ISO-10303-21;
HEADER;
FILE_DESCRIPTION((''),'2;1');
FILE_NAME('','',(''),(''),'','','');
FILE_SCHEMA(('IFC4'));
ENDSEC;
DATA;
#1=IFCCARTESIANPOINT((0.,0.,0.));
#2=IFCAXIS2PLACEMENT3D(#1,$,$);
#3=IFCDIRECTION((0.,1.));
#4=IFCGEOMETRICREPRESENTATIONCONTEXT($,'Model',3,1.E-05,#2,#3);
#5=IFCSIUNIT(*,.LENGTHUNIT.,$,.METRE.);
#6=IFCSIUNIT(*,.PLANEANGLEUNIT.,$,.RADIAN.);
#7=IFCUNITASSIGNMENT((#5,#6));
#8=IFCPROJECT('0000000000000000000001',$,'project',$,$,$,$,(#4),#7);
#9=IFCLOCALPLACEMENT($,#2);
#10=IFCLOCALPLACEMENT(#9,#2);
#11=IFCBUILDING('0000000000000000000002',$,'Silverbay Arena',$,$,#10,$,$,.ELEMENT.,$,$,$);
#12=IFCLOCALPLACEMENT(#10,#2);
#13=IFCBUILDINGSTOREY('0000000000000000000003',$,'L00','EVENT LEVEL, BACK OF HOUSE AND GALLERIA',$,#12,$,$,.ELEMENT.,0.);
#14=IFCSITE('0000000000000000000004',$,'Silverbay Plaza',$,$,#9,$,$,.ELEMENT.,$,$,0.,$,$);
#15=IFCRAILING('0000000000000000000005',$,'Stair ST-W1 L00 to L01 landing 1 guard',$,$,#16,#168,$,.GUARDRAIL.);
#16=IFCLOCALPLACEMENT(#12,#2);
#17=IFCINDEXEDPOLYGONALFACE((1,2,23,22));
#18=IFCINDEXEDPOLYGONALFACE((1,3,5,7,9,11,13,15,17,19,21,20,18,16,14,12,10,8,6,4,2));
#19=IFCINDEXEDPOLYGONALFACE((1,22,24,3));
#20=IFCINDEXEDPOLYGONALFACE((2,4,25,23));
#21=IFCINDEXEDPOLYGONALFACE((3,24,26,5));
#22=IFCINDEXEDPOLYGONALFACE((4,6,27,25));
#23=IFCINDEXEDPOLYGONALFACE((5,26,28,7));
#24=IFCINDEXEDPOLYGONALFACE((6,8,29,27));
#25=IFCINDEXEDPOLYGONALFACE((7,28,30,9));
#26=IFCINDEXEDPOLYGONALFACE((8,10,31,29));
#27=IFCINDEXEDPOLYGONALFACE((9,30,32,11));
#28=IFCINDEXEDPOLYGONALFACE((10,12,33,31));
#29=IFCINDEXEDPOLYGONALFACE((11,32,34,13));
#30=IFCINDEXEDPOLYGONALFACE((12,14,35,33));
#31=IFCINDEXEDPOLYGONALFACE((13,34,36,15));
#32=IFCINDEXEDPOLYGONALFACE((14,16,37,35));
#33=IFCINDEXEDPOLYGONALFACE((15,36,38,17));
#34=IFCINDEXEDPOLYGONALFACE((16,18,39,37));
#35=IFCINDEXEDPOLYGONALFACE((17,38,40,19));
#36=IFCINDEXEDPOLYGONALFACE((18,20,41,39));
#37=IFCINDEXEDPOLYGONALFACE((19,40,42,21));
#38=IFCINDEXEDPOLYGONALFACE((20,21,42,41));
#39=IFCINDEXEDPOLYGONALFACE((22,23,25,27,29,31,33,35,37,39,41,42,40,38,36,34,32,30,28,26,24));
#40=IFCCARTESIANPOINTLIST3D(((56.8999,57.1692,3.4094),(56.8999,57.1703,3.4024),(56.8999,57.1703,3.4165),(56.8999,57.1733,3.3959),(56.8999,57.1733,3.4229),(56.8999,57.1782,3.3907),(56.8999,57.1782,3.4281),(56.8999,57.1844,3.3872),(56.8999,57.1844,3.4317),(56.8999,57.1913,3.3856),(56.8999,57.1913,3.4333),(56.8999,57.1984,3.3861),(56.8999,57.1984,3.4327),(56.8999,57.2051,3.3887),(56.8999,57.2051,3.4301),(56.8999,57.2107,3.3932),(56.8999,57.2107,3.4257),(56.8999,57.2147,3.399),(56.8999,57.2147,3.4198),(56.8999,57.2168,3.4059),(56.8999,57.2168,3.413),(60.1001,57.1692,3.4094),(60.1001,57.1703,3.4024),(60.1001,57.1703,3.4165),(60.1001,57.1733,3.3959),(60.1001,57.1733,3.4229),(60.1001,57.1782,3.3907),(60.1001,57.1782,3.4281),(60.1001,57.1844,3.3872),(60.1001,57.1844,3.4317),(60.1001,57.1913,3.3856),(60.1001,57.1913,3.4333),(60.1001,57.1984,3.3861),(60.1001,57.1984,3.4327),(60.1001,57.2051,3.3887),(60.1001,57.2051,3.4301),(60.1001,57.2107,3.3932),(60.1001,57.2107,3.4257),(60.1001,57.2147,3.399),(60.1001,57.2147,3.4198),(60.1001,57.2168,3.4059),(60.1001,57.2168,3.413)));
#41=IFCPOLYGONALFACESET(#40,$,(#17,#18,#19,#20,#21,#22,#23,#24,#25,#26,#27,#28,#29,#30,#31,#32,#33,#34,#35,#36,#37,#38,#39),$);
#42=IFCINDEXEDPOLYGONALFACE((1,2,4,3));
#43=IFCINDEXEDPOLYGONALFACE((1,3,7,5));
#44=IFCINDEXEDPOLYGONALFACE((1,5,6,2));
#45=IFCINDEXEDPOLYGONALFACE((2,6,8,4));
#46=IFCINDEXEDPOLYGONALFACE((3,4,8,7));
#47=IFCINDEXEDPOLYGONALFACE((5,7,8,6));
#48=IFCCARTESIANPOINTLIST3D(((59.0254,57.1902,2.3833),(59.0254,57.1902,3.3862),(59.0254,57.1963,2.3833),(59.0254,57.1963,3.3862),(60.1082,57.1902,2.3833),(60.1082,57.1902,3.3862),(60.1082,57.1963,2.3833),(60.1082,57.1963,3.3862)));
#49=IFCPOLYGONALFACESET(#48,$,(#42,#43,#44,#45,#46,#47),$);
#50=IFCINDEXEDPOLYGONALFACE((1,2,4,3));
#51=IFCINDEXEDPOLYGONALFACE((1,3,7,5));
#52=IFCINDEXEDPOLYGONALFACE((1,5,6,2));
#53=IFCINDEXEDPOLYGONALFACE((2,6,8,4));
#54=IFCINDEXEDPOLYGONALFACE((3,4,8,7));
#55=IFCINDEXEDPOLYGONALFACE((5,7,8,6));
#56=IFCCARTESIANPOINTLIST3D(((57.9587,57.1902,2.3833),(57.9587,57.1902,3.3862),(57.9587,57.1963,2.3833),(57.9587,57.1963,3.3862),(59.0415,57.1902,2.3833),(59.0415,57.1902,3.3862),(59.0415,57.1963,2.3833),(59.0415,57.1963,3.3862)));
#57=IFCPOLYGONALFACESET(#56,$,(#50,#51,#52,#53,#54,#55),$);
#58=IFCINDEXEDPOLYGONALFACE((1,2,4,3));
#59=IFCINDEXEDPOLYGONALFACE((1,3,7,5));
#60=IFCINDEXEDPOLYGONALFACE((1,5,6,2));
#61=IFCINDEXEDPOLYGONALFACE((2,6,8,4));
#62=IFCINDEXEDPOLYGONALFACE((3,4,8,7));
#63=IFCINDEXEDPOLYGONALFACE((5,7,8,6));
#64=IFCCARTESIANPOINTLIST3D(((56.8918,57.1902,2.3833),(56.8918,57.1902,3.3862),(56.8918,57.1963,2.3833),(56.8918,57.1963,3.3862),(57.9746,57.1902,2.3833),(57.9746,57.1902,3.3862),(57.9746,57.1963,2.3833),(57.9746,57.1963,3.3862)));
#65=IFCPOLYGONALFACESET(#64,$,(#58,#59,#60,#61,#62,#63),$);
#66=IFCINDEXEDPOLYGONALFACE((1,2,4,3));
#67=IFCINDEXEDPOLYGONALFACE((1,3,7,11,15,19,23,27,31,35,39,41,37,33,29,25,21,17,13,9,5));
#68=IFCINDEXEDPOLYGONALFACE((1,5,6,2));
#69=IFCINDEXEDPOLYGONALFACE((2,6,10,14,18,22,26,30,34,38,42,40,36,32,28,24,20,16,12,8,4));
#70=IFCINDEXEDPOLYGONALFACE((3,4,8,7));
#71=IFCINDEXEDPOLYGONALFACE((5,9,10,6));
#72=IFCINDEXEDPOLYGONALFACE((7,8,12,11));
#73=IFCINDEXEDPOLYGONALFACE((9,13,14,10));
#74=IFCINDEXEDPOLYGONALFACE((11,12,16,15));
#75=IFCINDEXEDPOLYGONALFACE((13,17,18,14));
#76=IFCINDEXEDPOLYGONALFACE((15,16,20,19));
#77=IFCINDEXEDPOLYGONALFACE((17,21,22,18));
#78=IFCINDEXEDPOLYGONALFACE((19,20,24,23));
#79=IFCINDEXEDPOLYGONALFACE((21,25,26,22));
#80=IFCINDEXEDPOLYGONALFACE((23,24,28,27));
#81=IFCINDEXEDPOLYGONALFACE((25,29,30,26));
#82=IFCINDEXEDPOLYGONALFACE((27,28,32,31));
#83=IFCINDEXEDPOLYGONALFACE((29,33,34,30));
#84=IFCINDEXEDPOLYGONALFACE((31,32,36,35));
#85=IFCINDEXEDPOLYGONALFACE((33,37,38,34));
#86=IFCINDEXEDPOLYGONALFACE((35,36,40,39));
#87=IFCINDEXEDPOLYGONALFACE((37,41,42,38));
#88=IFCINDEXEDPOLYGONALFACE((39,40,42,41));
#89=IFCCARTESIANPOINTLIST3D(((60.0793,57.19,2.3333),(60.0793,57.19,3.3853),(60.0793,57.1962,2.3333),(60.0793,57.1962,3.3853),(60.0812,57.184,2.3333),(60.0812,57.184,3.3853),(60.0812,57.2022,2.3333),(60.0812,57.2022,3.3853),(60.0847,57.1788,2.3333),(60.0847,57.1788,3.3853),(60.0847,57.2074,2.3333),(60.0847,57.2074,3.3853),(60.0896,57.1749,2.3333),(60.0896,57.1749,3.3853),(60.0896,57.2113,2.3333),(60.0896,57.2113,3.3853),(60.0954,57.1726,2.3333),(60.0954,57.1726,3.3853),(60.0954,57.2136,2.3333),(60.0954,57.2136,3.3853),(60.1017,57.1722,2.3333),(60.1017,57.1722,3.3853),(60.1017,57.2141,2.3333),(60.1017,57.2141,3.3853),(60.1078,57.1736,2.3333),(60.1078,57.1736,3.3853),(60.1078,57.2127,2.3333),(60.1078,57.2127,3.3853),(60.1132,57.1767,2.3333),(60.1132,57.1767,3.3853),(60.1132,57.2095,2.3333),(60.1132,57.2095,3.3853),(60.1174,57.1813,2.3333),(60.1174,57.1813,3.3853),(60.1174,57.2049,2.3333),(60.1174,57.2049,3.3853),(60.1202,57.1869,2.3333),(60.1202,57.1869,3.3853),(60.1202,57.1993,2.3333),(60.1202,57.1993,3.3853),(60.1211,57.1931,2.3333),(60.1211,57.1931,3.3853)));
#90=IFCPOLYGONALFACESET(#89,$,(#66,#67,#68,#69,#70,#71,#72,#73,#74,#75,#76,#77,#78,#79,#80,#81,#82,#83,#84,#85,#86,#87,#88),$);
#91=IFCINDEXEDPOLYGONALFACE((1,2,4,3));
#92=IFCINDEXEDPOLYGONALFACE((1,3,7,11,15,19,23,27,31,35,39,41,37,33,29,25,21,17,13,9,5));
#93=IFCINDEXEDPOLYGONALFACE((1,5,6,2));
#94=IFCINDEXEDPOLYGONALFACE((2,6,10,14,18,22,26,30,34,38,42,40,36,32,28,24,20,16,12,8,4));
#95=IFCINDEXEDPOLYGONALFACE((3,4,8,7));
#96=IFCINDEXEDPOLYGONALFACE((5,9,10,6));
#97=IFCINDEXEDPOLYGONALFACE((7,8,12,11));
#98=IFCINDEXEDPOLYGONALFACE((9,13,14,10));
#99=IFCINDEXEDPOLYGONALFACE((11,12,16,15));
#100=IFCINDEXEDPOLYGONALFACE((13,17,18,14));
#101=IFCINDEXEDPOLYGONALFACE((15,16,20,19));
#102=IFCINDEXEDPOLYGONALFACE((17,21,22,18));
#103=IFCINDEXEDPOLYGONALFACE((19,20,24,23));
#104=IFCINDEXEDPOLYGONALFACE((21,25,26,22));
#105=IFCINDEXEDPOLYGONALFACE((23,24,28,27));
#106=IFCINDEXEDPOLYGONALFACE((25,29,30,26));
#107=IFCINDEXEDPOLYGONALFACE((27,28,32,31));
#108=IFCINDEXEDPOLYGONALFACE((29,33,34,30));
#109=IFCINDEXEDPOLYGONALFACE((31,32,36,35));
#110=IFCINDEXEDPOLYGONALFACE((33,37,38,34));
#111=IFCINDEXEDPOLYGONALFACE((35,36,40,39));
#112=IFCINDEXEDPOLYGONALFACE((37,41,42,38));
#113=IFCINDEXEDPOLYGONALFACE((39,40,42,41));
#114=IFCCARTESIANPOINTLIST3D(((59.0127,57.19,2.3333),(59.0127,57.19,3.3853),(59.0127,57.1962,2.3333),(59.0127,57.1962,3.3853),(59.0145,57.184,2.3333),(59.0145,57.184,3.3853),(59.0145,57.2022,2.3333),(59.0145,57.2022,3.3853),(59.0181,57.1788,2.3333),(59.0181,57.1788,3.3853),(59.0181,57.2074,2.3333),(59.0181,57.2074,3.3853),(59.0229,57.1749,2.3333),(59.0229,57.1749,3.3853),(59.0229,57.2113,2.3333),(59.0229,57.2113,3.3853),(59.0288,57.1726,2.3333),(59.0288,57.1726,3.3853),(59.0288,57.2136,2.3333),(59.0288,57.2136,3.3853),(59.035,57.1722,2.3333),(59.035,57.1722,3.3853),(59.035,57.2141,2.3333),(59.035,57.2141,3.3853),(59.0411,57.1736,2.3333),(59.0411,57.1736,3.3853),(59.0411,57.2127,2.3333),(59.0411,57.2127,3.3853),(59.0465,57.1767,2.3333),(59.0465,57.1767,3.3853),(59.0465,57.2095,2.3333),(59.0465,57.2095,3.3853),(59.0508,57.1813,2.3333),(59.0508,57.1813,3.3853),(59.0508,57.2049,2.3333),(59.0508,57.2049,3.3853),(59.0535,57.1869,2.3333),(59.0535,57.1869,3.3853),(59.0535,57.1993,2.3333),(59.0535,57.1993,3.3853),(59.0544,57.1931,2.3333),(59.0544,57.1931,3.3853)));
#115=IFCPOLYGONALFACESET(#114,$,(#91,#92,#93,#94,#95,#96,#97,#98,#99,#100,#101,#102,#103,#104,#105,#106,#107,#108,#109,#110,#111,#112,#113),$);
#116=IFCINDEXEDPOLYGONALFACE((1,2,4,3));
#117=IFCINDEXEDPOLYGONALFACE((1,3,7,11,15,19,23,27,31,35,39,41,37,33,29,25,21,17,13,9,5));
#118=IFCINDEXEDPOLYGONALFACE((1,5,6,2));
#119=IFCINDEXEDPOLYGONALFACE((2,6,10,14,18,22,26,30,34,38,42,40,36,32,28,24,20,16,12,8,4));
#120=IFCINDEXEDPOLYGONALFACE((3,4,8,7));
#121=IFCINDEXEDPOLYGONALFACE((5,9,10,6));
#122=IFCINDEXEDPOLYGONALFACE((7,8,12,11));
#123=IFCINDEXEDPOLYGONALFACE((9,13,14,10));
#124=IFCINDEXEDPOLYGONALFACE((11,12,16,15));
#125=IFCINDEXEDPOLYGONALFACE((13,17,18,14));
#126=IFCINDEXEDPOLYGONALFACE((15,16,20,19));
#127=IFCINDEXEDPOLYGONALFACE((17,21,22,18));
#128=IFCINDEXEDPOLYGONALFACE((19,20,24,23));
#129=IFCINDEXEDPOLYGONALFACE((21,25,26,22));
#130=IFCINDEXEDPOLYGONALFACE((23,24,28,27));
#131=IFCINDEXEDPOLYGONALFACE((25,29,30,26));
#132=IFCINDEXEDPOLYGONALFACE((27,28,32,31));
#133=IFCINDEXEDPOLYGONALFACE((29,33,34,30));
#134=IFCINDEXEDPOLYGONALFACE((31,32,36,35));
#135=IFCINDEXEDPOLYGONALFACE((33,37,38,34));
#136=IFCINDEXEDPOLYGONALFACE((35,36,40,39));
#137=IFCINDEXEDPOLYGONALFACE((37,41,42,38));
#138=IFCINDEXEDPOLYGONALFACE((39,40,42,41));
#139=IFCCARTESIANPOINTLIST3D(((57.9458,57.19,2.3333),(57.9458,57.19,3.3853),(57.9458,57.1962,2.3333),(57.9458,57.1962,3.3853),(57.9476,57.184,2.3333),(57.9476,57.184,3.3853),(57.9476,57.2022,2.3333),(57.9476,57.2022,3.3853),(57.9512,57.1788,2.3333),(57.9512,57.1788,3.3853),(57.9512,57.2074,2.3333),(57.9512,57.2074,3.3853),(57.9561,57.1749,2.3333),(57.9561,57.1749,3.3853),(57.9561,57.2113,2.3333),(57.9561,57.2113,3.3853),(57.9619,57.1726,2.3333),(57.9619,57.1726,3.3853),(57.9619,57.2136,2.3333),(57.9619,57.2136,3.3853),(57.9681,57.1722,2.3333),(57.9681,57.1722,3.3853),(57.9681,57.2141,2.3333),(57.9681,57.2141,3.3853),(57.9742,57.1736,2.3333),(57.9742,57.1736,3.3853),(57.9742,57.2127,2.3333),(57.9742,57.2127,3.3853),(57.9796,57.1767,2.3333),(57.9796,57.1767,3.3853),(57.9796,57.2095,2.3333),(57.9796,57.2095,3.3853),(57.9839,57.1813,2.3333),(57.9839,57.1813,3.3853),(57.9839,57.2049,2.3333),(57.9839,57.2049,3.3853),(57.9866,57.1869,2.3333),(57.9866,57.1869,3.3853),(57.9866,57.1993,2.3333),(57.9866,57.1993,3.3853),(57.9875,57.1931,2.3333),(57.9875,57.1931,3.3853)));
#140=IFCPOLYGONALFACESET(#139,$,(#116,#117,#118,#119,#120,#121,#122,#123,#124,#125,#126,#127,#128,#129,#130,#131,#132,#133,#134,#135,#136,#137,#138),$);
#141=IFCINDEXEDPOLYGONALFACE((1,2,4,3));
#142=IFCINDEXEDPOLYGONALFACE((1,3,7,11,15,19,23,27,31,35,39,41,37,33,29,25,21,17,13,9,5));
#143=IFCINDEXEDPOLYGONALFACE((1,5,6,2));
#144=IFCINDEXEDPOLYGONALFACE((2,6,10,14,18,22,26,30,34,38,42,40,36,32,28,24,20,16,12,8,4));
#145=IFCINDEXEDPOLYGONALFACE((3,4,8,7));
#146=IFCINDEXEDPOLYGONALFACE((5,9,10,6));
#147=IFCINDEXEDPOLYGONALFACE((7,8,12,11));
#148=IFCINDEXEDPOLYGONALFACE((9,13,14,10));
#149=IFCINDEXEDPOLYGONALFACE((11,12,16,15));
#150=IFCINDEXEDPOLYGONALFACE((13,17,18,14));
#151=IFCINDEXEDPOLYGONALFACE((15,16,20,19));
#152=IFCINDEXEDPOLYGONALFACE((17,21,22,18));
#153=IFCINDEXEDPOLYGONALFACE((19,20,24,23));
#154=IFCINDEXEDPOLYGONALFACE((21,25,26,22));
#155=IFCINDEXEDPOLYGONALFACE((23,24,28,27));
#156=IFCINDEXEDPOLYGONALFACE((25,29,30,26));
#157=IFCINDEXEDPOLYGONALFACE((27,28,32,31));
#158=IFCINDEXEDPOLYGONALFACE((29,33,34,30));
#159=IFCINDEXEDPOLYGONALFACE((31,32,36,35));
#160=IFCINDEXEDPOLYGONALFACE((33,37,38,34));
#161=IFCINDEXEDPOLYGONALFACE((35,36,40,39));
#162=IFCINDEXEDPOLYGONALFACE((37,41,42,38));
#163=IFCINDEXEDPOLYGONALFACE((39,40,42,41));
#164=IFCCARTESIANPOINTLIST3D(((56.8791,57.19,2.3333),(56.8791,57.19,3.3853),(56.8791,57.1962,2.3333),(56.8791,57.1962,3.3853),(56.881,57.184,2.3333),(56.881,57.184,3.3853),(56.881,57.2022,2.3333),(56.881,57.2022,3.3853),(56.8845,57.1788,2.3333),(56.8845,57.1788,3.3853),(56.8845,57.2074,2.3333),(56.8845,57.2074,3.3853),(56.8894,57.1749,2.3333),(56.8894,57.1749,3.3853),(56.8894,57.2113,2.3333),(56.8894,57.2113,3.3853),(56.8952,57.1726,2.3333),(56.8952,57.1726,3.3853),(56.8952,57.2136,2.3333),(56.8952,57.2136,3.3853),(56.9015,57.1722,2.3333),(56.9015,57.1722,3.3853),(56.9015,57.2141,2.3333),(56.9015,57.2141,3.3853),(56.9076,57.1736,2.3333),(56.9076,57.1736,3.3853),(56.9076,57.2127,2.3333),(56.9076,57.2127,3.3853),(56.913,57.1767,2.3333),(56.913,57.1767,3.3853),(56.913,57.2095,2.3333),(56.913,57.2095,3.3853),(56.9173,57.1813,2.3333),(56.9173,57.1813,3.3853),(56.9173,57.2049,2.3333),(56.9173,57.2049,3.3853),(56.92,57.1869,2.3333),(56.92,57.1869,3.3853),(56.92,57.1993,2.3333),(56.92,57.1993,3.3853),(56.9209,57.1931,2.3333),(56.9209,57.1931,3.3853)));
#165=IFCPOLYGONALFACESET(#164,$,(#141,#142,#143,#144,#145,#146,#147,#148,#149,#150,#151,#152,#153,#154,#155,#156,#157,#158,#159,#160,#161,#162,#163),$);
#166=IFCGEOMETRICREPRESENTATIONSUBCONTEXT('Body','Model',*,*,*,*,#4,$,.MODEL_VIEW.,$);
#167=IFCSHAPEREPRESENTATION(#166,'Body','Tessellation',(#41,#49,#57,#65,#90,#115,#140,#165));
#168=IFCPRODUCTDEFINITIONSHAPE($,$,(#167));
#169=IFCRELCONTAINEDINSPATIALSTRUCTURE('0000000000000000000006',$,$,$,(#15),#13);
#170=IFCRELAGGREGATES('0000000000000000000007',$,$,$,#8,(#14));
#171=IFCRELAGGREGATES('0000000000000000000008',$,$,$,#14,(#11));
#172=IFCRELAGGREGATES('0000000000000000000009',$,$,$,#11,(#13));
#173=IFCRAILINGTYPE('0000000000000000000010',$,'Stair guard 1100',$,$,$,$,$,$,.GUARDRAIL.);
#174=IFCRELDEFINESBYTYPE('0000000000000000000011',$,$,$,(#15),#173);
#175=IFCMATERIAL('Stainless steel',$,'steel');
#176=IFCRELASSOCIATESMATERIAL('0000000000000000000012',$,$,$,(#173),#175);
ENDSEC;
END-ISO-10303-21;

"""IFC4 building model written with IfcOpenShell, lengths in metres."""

from ifc_helpers import new_model, si_unit, direction, frame, origin, origin_2d, place, context, subcontext, project, spatial, polyline, circle, outline, extrude, material, type_object, element, save


model = new_model("IFC4")

# Units and contexts
model_context = context("Model", 3, precision=1e-05, world=origin(), true_north=direction((0.0, 1.0)))
body_context = subcontext(model_context, "Body", "Model", "MODEL_VIEW")
ifc_project = project(units=[si_unit("LENGTHUNIT", "METRE"), si_unit("PLANEANGLEUNIT", "RADIAN")], contexts=[model_context])

# Site, building, storey
site_placement = place(None, origin())
site = spatial("IfcSite", under=ifc_project, at=site_placement, Name="Silverbay Plaza", CompositionType="ELEMENT", RefElevation=0.0)
building_placement = place(site_placement, origin())
building = spatial("IfcBuilding", under=site, at=building_placement, Name="Silverbay Arena", CompositionType="ELEMENT")
storey_placement = place(building_placement, origin())
storey = spatial("IfcBuildingStorey", under=building, at=storey_placement, Name="L00", Description="EVENT LEVEL, BACK OF HOUSE AND GALLERIA", CompositionType="ELEMENT", Elevation=0.0)

# Railing
ifc_material_1 = material(Name="Stainless steel", Category="steel")
railing_type_1 = type_object("IfcRailingType", Name="Stair guard 1100", PredefinedType="GUARDRAIL", material=ifc_material_1)
railing_1_placement = place(storey_placement, frame((60.1001, 57.1931, 2.3333)))
element("IfcRailing", 1, at=railing_1_placement, inside=storey, type_object=railing_type_1, Name="Stair ST-W1 L00 to L01 landing 1 guard", PredefinedType="GUARDRAIL", context=body_context, shape_type="SweptSolid", body=[
    extrude(circle(Radius=0.0239, at=origin_2d()), frame((0.0, 0.0, 1.0762), z_axis=(-1.0, 0.0, 0.0), x_axis=(0.0, -1.0, 0.0)), (0.0, 0.0, 1.0), 3.2002),
    extrude(outline(polyline([(-0.0081, 0.05), (1.0747, 0.05), (1.0747, 1.053), (-0.0081, 1.053), (-0.0081, 0.05)])), frame((0.0, -0.0029, 0.0), z_axis=(0.0, 1.0, 0.0), x_axis=(-1.0, 0.0, 0.0)), (0.0, 0.0, 1.0), 0.0061),
    extrude(outline(polyline([(-0.0081, 0.05), (1.0747, 0.05), (1.0747, 1.053), (-0.0081, 1.053), (-0.0081, 0.05)])), frame((-1.0667, -0.0029, 0.0), z_axis=(0.0, 1.0, 0.0), x_axis=(-1.0, 0.0, 0.0)), (0.0, 0.0, 1.0), 0.0061),
    extrude(outline(polyline([(-0.0081, 0.05), (1.0747, 0.05), (1.0747, 1.053), (-0.0081, 1.053), (-0.0081, 0.05)])), frame((-2.1335, -0.0029, 0.0), z_axis=(0.0, 1.0, 0.0), x_axis=(-1.0, 0.0, 0.0)), (0.0, 0.0, 1.0), 0.0061),
    extrude(circle(Radius=0.021, at=origin_2d()), origin(), (0.0, 0.0, 1.0), 1.052),
    extrude(circle(Radius=0.021, at=origin_2d()), frame((-1.0667, 0.0, 0.0)), (0.0, 0.0, 1.0), 1.052),
    extrude(circle(Radius=0.021, at=origin_2d()), frame((-2.1335, 0.0, 0.0)), (0.0, 0.0, 1.0), 1.052),
    extrude(circle(Radius=0.021, at=origin_2d()), frame((-3.2002, 0.0, 0.0)), (0.0, 0.0, 1.0), 1.052),
])

save(model, "model.ifc")
